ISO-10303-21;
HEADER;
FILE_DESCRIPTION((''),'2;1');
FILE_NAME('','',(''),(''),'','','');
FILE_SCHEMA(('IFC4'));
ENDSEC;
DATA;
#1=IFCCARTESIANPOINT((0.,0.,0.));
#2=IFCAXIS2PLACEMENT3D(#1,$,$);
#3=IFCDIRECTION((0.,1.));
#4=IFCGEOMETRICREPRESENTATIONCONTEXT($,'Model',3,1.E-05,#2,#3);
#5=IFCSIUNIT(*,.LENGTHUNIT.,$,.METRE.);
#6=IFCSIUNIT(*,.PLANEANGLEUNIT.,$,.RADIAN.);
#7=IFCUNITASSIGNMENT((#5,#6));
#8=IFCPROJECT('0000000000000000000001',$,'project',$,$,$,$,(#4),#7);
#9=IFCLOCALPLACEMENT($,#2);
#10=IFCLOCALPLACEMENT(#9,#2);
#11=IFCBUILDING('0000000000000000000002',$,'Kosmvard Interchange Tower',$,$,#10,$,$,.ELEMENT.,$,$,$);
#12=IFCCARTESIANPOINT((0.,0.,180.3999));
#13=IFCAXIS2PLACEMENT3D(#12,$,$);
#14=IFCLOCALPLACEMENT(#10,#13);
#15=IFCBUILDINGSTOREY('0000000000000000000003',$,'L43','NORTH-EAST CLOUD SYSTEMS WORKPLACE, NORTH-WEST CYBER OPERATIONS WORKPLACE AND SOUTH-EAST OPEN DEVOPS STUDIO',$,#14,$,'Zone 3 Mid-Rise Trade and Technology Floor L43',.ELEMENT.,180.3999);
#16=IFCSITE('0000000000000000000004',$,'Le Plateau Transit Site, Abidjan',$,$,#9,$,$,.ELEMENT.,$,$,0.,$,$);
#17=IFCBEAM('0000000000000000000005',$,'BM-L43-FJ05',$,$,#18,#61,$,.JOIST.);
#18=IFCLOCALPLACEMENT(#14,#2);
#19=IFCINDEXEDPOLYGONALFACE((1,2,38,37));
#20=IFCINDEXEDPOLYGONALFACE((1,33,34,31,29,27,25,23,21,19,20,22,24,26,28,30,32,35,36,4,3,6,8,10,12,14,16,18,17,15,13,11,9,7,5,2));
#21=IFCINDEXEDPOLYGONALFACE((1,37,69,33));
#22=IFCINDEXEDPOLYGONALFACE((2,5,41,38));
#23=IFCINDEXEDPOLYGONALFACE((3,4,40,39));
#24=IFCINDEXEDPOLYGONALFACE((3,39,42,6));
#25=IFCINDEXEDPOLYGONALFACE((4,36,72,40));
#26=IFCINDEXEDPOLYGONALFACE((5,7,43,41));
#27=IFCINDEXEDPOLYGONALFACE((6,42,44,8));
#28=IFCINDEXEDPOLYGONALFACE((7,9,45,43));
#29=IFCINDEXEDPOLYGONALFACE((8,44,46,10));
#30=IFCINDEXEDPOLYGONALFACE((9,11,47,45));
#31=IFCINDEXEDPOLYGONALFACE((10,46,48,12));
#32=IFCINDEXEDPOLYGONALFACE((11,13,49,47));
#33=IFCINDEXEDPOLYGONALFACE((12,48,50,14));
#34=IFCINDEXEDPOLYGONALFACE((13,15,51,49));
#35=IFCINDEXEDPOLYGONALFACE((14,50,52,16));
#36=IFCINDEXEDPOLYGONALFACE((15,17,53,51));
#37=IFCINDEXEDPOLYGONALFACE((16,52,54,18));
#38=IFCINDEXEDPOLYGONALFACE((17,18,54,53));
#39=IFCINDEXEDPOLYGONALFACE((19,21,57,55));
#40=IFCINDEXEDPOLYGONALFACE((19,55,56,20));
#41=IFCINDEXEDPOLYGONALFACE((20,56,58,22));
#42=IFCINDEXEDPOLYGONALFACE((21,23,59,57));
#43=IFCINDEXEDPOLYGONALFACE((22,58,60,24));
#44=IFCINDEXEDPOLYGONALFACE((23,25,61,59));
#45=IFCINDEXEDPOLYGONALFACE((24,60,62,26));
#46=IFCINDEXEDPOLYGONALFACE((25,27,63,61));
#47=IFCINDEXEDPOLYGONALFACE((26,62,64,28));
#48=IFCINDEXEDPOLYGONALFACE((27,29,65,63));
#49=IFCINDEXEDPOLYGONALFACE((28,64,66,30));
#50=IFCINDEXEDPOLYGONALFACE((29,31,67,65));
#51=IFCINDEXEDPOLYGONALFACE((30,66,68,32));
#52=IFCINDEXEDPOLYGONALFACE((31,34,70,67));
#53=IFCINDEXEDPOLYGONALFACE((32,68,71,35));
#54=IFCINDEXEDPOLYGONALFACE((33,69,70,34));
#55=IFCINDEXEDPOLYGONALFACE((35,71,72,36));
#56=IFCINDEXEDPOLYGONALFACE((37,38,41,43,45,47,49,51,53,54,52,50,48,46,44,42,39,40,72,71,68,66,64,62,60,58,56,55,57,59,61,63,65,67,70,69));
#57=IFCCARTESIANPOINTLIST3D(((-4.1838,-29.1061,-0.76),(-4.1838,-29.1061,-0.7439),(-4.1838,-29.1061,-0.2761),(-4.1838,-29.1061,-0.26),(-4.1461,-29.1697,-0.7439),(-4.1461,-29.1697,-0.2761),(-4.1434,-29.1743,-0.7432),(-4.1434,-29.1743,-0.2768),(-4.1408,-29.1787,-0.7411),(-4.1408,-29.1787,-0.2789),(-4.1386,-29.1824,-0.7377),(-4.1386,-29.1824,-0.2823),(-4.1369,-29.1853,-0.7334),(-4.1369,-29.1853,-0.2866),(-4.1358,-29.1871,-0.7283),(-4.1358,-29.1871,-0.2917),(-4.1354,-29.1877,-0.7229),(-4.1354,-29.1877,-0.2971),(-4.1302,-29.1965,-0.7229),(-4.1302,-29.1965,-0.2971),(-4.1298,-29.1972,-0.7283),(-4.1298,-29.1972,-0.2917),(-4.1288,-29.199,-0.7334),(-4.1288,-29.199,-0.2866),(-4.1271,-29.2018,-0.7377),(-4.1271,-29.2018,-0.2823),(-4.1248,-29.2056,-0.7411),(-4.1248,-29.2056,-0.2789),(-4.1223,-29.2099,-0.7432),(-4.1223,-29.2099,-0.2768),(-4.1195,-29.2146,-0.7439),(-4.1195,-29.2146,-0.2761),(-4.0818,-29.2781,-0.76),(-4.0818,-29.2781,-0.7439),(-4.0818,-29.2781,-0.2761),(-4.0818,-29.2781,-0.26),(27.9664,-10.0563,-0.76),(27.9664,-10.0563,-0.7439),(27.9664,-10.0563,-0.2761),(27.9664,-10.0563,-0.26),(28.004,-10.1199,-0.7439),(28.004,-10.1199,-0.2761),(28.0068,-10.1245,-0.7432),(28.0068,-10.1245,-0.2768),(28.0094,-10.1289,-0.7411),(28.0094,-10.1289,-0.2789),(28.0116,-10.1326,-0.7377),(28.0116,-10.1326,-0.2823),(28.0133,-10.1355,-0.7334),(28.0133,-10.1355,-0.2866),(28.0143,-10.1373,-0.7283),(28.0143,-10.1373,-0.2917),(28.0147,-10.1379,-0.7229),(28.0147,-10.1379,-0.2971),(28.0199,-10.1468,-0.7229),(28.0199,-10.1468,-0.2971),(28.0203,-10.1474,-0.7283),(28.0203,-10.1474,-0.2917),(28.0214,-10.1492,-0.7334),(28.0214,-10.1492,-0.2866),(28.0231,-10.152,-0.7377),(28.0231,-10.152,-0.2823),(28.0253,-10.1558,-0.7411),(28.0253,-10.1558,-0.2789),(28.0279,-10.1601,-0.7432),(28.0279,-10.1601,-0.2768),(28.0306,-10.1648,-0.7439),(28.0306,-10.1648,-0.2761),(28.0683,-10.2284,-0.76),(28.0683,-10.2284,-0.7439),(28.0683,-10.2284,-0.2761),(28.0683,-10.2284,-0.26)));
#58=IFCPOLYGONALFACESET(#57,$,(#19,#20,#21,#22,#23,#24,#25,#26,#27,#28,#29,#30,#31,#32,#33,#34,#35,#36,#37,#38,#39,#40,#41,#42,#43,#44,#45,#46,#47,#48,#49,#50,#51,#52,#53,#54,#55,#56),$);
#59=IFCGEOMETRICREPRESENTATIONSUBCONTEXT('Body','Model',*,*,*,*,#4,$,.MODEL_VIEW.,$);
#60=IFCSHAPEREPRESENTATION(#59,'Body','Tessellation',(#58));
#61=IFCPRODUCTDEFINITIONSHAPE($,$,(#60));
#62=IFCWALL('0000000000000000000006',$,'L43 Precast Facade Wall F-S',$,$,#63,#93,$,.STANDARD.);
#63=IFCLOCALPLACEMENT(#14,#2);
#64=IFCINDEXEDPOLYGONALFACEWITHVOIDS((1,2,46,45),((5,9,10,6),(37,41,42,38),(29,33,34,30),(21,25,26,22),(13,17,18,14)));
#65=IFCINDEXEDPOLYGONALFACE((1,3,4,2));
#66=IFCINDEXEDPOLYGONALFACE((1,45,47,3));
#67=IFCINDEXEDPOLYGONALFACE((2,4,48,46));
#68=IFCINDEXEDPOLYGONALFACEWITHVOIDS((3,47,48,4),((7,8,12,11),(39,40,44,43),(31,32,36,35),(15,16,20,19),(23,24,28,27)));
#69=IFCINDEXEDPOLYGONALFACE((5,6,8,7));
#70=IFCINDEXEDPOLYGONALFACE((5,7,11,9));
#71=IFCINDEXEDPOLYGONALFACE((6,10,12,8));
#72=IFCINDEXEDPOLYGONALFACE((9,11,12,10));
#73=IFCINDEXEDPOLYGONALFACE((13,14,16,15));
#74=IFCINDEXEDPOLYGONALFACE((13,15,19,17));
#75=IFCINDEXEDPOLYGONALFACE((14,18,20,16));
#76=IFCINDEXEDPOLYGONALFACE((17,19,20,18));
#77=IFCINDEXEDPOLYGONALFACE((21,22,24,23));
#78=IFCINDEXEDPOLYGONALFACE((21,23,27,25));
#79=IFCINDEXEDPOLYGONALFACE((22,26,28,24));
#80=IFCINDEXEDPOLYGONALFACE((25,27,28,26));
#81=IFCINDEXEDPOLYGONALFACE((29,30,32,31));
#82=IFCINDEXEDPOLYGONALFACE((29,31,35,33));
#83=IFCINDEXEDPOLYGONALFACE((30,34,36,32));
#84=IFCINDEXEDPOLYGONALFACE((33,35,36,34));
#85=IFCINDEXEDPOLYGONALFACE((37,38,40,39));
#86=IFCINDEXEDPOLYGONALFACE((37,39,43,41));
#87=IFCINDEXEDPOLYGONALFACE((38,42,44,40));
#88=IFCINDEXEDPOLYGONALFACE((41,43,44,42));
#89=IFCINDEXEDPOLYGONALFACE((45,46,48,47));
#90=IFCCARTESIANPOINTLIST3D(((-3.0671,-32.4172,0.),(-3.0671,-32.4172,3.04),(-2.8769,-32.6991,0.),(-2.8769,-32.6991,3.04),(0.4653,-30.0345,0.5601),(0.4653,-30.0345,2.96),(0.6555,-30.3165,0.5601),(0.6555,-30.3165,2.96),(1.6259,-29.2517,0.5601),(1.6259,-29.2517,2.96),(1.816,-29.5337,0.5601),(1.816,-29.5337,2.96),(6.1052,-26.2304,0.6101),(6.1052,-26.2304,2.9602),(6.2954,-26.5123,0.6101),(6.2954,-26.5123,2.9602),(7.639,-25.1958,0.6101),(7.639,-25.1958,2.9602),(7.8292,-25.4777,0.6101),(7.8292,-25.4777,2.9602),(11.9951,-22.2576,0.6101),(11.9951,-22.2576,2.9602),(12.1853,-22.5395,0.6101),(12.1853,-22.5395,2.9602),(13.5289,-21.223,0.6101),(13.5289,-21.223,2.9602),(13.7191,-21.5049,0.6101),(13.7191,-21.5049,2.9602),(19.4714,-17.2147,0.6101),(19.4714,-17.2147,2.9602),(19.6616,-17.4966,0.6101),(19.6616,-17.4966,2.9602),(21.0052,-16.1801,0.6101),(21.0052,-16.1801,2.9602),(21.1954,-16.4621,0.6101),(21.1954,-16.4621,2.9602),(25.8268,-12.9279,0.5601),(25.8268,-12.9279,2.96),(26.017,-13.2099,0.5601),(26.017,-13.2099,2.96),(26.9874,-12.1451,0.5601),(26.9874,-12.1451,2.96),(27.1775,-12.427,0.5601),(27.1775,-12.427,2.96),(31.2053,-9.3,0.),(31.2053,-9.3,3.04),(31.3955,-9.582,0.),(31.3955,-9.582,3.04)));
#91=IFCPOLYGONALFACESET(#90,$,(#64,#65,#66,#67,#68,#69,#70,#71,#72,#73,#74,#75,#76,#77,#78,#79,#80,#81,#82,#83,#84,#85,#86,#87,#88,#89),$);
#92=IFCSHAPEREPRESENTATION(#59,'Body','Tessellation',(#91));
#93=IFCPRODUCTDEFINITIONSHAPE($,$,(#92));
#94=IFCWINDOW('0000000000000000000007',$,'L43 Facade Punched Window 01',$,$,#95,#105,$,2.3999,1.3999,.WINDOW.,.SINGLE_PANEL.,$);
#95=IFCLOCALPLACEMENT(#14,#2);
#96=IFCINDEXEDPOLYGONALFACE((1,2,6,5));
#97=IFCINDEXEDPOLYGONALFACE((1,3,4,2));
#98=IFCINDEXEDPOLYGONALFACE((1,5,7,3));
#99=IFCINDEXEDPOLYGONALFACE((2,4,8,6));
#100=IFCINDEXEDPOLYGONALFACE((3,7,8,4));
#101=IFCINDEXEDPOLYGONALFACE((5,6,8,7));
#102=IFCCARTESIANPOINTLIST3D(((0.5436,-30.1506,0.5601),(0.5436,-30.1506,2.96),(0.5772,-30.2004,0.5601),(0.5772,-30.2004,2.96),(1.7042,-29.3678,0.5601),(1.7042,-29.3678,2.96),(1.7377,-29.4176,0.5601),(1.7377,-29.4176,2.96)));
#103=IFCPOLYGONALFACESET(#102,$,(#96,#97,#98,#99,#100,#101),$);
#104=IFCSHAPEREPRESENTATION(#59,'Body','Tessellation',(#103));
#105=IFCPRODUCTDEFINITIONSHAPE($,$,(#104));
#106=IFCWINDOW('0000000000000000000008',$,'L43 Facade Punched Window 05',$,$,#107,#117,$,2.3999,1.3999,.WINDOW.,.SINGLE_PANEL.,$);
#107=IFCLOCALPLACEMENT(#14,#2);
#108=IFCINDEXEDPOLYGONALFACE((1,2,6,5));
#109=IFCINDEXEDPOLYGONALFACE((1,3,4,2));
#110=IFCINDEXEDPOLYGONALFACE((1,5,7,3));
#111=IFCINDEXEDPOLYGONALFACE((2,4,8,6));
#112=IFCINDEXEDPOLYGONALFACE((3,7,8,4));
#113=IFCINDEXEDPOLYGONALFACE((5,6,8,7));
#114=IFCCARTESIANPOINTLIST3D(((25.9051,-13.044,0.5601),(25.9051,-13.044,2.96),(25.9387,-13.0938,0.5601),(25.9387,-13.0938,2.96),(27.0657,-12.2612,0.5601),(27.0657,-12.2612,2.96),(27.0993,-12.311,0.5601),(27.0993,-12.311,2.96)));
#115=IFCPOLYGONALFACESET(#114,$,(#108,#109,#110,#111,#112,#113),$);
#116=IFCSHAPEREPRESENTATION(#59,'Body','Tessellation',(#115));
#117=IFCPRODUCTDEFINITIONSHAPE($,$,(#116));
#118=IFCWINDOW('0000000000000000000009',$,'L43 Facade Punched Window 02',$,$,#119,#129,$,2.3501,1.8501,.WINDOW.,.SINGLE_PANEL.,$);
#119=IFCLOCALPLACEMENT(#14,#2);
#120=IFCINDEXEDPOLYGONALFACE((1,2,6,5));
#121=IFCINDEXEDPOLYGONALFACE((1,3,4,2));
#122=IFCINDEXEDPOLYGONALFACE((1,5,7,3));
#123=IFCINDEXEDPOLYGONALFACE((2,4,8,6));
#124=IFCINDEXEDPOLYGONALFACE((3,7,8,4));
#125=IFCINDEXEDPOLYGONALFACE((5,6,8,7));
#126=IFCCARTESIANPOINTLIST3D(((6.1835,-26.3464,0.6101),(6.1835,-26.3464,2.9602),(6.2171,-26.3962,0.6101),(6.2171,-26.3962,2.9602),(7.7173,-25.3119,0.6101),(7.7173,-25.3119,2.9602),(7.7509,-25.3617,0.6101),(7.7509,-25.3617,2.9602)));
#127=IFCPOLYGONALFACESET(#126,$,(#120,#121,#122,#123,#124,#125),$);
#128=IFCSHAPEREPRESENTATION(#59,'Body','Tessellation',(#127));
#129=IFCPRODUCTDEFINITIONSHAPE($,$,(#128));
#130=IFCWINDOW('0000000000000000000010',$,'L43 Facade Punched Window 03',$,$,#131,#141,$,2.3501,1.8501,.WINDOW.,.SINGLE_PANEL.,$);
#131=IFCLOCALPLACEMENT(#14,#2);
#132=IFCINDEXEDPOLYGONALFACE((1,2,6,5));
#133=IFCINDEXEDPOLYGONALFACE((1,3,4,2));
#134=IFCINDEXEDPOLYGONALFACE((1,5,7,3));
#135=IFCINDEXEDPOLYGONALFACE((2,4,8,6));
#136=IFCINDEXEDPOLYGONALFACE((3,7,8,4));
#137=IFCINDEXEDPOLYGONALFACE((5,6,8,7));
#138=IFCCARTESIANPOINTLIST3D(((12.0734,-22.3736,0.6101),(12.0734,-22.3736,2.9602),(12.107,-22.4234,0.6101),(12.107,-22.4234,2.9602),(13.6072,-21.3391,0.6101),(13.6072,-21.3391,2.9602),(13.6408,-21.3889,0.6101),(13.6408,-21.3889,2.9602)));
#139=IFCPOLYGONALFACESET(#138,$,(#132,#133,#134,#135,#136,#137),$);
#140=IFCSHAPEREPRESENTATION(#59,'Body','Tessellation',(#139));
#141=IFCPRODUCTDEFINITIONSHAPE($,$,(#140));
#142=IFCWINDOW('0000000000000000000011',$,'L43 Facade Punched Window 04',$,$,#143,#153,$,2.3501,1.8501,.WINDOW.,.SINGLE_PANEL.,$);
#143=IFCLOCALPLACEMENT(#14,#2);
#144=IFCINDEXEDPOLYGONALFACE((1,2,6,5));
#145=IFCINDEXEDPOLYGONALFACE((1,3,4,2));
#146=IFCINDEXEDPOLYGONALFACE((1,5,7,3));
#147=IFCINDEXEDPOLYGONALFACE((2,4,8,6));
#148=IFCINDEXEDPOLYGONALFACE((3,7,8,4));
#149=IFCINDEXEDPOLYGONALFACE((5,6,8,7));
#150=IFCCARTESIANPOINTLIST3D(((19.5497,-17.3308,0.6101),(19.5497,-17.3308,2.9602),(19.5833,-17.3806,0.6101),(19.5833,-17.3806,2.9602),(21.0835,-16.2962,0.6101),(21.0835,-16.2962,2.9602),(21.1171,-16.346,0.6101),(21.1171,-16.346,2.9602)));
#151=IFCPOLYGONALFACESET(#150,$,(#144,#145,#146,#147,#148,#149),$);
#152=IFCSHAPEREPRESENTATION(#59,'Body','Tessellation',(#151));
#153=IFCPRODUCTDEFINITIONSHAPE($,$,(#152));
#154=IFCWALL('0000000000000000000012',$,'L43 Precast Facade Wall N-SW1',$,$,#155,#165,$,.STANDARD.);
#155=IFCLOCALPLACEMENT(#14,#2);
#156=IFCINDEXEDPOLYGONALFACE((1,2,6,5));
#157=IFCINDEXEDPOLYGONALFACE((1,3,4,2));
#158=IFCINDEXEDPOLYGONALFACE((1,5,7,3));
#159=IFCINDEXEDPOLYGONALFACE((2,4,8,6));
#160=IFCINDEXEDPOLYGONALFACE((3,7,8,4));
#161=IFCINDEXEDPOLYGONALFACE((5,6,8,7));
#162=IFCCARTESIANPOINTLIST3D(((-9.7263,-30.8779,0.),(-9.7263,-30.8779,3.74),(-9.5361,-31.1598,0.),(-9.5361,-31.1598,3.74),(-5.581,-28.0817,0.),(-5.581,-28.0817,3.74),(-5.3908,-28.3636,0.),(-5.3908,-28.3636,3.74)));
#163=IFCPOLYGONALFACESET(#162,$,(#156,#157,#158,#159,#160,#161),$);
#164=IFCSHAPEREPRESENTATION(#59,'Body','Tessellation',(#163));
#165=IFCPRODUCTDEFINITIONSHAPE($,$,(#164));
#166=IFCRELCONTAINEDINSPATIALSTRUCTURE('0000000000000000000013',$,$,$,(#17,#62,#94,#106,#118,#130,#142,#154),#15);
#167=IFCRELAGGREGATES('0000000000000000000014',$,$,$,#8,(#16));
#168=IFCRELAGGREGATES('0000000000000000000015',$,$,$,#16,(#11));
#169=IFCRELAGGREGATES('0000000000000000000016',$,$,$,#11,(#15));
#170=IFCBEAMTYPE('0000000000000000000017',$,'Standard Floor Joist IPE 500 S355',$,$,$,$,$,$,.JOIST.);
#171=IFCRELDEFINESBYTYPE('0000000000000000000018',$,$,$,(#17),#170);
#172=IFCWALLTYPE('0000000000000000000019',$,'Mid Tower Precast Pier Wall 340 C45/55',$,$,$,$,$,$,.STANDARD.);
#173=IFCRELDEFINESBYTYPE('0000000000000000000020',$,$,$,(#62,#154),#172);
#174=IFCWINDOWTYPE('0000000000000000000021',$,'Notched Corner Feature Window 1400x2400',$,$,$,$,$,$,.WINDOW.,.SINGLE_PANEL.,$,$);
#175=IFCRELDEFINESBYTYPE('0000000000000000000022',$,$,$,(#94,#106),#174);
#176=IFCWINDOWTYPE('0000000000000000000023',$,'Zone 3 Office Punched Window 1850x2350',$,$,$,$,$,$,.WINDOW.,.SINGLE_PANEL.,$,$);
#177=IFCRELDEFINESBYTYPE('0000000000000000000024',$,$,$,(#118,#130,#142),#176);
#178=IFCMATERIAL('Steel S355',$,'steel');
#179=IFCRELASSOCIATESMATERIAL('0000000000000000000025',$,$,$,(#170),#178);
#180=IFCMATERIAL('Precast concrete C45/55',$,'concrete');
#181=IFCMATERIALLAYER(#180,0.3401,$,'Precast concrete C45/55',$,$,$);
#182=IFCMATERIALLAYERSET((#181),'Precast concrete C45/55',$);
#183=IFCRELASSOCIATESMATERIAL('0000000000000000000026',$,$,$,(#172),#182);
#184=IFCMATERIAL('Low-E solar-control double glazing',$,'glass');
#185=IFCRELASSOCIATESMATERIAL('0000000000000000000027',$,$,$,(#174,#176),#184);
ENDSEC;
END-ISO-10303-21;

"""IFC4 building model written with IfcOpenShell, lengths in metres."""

from ifc_helpers import new_model, si_unit, direction, frame, frame_2d, origin, origin_2d, place, context, subcontext, project, spatial, rectangle, i_section, extrude, source, transform, mapped, material, layer, layer_set, material_profile, profile_set, type_object, element, fill, save


model = new_model("IFC4")

# Units and contexts
model_context = context("Model", 3, precision=1e-05, world=origin(), true_north=direction((0.0, 1.0)))
body_context = subcontext(model_context, "Body", "Model", "MODEL_VIEW")
ifc_project = project(units=[si_unit("LENGTHUNIT", "METRE"), si_unit("PLANEANGLEUNIT", "RADIAN")], contexts=[model_context])

# Site, building, storey
site_placement = place(None, origin())
site = spatial("IfcSite", under=ifc_project, at=site_placement, Name="Le Plateau Transit Site, Abidjan", CompositionType="ELEMENT", RefElevation=0.0)
building_placement = place(site_placement, origin())
building = spatial("IfcBuilding", under=site, at=building_placement, Name="Kosmvard Interchange Tower", CompositionType="ELEMENT")
storey_placement = place(building_placement, frame((0.0, 0.0, 180.3999)))
storey = spatial("IfcBuildingStorey", under=building, at=storey_placement, Name="L43", Description="NORTH-EAST CLOUD SYSTEMS WORKPLACE, NORTH-WEST CYBER OPERATIONS WORKPLACE AND SOUTH-EAST OPEN DEVOPS STUDIO", LongName="Zone 3 Mid-Rise Trade and Technology Floor L43", CompositionType="ELEMENT", Elevation=180.3999)

# Beam
ifc_material_1 = material(Name="Steel S355", Category="steel")
ifc_material_2 = material(Name="Precast concrete C45/55", Category="concrete")
ifc_material_profile_1 = material_profile(ifc_material_1, i_section(OverallWidth=0.2, OverallDepth=0.5, WebThickness=0.0103, FlangeThickness=0.0161, FilletRadius=0.021, at=origin_2d()), Name="IPE 500")
ifc_profile_set_1 = profile_set([ifc_material_profile_1], Name="Steel S355")
beam_type_1 = type_object("IfcBeamType", Name="Standard Floor Joist IPE 500 S355", PredefinedType="JOIST", material=ifc_profile_set_1)
shared_shape_1 = source(origin(), body_context, "Body", "SweptSolid", [
    extrude(i_section(OverallWidth=0.2, OverallDepth=0.5, WebThickness=0.0103, FlangeThickness=0.0161, FilletRadius=0.021, at=origin_2d()), origin(), (0.0, 0.0, 1.0), 37.3701),
])
beam_1_placement = place(storey_placement, frame((-4.1328, -29.1921, -0.51), z_axis=(0.860317, 0.50976, 0.0), x_axis=(-0.50976, 0.860317, 0.0)))
element("IfcBeam", 1, at=beam_1_placement, inside=storey, type_object=beam_type_1, Name="BM-L43-FJ05", PredefinedType="JOIST", context=body_context, shape_type="MappedRepresentation", body=[
    mapped(shared_shape_1, transform((0.0, 0.0, 0.0), scale=1.0)),
])

# Wall, openings, windows
ifc_layer_1 = layer(ifc_material_2, 0.3401, Name="Precast concrete C45/55")
ifc_layer_set_1 = layer_set([ifc_layer_1], Name="Precast concrete C45/55")
wall_type = type_object("IfcWallType", Name="Mid Tower Precast Pier Wall 340 C45/55", PredefinedType="STANDARD", material=ifc_layer_set_1)
wall_1_placement = place(storey_placement, frame((-2.9719, -32.5581, 0.0), z_axis=(0.0, 0.0, 1.0), x_axis=(0.829036, 0.559195, 0.0)))
wall_1 = element("IfcWall", 2, at=wall_1_placement, inside=storey, type_object=wall_type, Name="L43 Precast Facade Wall F-S", PredefinedType="STANDARD", context=body_context, shape_type="SweptSolid", body=[
    extrude(rectangle(XDim=41.3401, YDim=0.3401, at=frame_2d((20.6699, 0.0))), origin(), (0.0, 0.0, 1.0), 3.04),
])
opening_1_placement = place(wall_1_placement, frame((4.2607, 0.0, 0.5601)))
opening_1 = element("IfcOpeningElement", 3, at=opening_1_placement, cuts=wall_1, PredefinedType="OPENING", context=body_context, shape_type="SweptSolid", body=[
    extrude(rectangle(XDim=1.3999, YDim=2.3999, at=frame_2d((0.7, 1.2))), frame((0.0, 0.1802, 0.0), z_axis=(0.0, -1.0, 0.0), x_axis=(1.0, 0.0, 0.0)), (0.0, 0.0, 1.0), 0.3601),
])
opening_2_placement = place(wall_1_placement, frame((11.0637, 0.0, 0.6101)))
opening_2 = element("IfcOpeningElement", 4, at=opening_2_placement, cuts=wall_1, PredefinedType="OPENING", context=body_context, shape_type="SweptSolid", body=[
    extrude(rectangle(XDim=1.8501, YDim=2.3501, at=frame_2d((0.925, 1.175))), frame((0.0, 0.1802, 0.0), z_axis=(0.0, -1.0, 0.0), x_axis=(1.0, 0.0, 0.0)), (0.0, 0.0, 1.0), 0.3601),
])
opening_3_placement = place(wall_1_placement, frame((18.1682, 0.0, 0.6101)))
opening_3 = element("IfcOpeningElement", 5, at=opening_3_placement, cuts=wall_1, PredefinedType="OPENING", context=body_context, shape_type="SweptSolid", body=[
    extrude(rectangle(XDim=1.8501, YDim=2.3501, at=frame_2d((0.925, 1.175))), frame((0.0, 0.1802, 0.0), z_axis=(0.0, -1.0, 0.0), x_axis=(1.0, 0.0, 0.0)), (0.0, 0.0, 1.0), 0.3601),
])
opening_4_placement = place(wall_1_placement, frame((27.1863, 0.0, 0.6101)))
opening_4 = element("IfcOpeningElement", 6, at=opening_4_placement, cuts=wall_1, PredefinedType="OPENING", context=body_context, shape_type="SweptSolid", body=[
    extrude(rectangle(XDim=1.8501, YDim=2.3501, at=frame_2d((0.925, 1.175))), frame((0.0, 0.1802, 0.0), z_axis=(0.0, -1.0, 0.0), x_axis=(1.0, 0.0, 0.0)), (0.0, 0.0, 1.0), 0.3601),
])
opening_5_placement = place(wall_1_placement, frame((34.8523, 0.0, 0.5601)))
opening_5 = element("IfcOpeningElement", 7, at=opening_5_placement, cuts=wall_1, PredefinedType="OPENING", context=body_context, shape_type="SweptSolid", body=[
    extrude(rectangle(XDim=1.3999, YDim=2.3999, at=frame_2d((0.7, 1.2))), frame((0.0, 0.1802, 0.0), z_axis=(0.0, -1.0, 0.0), x_axis=(1.0, 0.0, 0.0)), (0.0, 0.0, 1.0), 0.3601),
])
ifc_material_3 = material(Name="Low-E solar-control double glazing", Category="glass")
window_type_1 = type_object("IfcWindowType", Name="Notched Corner Feature Window 1400x2400", PartitioningType="SINGLE_PANEL", PredefinedType="WINDOW", material=ifc_material_3)
shared_shape_2 = source(origin(), body_context, "Body", "SweptSolid", [
    extrude(rectangle(XDim=1.3999, YDim=2.3999, at=frame_2d((0.7, 1.2))), frame((0.0, 0.03, 0.0), z_axis=(0.0, -1.0, 0.0), x_axis=(1.0, 0.0, 0.0)), (0.0, 0.0, 1.0), 0.0601),
])
window_1_placement = place(opening_1_placement, origin())
window_1 = element("IfcWindow", 8, at=window_1_placement, inside=storey, type_object=window_type_1, Name="L43 Facade Punched Window 01", OverallHeight=2.3999, OverallWidth=1.3999, PartitioningType="SINGLE_PANEL", PredefinedType="WINDOW", context=body_context, shape_type="MappedRepresentation", body=[
    mapped(shared_shape_2, transform((0.0, 0.0, 0.0), scale=1.0)),
])
fill(opening_1, window_1)
window_2_placement = place(opening_5_placement, origin())
window_2 = element("IfcWindow", 9, at=window_2_placement, inside=storey, type_object=window_type_1, Name="L43 Facade Punched Window 05", OverallHeight=2.3999, OverallWidth=1.3999, PartitioningType="SINGLE_PANEL", PredefinedType="WINDOW", context=body_context, shape_type="MappedRepresentation", body=[
    mapped(shared_shape_2, transform((0.0, 0.0, 0.0), scale=1.0)),
])
fill(opening_5, window_2)
window_type_2 = type_object("IfcWindowType", Name="Zone 3 Office Punched Window 1850x2350", PartitioningType="SINGLE_PANEL", PredefinedType="WINDOW", material=ifc_material_3)
shared_shape_3 = source(origin(), body_context, "Body", "SweptSolid", [
    extrude(rectangle(XDim=1.8501, YDim=2.3501, at=frame_2d((0.925, 1.175))), frame((0.0, 0.03, 0.0), z_axis=(0.0, -1.0, 0.0), x_axis=(1.0, 0.0, 0.0)), (0.0, 0.0, 1.0), 0.0601),
])
window_3_placement = place(opening_2_placement, origin())
window_3 = element("IfcWindow", 10, at=window_3_placement, inside=storey, type_object=window_type_2, Name="L43 Facade Punched Window 02", OverallHeight=2.3501, OverallWidth=1.8501, PartitioningType="SINGLE_PANEL", PredefinedType="WINDOW", context=body_context, shape_type="MappedRepresentation", body=[
    mapped(shared_shape_3, transform((0.0, 0.0, 0.0), scale=1.0)),
])
fill(opening_2, window_3)
window_4_placement = place(opening_3_placement, origin())
window_4 = element("IfcWindow", 11, at=window_4_placement, inside=storey, type_object=window_type_2, Name="L43 Facade Punched Window 03", OverallHeight=2.3501, OverallWidth=1.8501, PartitioningType="SINGLE_PANEL", PredefinedType="WINDOW", context=body_context, shape_type="MappedRepresentation", body=[
    mapped(shared_shape_3, transform((0.0, 0.0, 0.0), scale=1.0)),
])
fill(opening_3, window_4)
window_5_placement = place(opening_4_placement, origin())
window_5 = element("IfcWindow", 12, at=window_5_placement, inside=storey, type_object=window_type_2, Name="L43 Facade Punched Window 04", OverallHeight=2.3501, OverallWidth=1.8501, PartitioningType="SINGLE_PANEL", PredefinedType="WINDOW", context=body_context, shape_type="MappedRepresentation", body=[
    mapped(shared_shape_3, transform((0.0, 0.0, 0.0), scale=1.0)),
])
fill(opening_4, window_5)

# Wall
wall_2_placement = place(storey_placement, frame((-9.6311, -31.0188, 0.0), z_axis=(0.0, 0.0, 1.0), x_axis=(0.829026, 0.55921, 0.0)))
element("IfcWall", 13, at=wall_2_placement, inside=storey, type_object=wall_type, Name="L43 Precast Facade Wall N-SW1", PredefinedType="STANDARD", context=body_context, shape_type="SweptSolid", body=[
    extrude(rectangle(XDim=5.0002, YDim=0.3401, at=frame_2d((2.5, 0.0))), origin(), (0.0, 0.0, 1.0), 3.74),
])

save(model, "model.ifc")
